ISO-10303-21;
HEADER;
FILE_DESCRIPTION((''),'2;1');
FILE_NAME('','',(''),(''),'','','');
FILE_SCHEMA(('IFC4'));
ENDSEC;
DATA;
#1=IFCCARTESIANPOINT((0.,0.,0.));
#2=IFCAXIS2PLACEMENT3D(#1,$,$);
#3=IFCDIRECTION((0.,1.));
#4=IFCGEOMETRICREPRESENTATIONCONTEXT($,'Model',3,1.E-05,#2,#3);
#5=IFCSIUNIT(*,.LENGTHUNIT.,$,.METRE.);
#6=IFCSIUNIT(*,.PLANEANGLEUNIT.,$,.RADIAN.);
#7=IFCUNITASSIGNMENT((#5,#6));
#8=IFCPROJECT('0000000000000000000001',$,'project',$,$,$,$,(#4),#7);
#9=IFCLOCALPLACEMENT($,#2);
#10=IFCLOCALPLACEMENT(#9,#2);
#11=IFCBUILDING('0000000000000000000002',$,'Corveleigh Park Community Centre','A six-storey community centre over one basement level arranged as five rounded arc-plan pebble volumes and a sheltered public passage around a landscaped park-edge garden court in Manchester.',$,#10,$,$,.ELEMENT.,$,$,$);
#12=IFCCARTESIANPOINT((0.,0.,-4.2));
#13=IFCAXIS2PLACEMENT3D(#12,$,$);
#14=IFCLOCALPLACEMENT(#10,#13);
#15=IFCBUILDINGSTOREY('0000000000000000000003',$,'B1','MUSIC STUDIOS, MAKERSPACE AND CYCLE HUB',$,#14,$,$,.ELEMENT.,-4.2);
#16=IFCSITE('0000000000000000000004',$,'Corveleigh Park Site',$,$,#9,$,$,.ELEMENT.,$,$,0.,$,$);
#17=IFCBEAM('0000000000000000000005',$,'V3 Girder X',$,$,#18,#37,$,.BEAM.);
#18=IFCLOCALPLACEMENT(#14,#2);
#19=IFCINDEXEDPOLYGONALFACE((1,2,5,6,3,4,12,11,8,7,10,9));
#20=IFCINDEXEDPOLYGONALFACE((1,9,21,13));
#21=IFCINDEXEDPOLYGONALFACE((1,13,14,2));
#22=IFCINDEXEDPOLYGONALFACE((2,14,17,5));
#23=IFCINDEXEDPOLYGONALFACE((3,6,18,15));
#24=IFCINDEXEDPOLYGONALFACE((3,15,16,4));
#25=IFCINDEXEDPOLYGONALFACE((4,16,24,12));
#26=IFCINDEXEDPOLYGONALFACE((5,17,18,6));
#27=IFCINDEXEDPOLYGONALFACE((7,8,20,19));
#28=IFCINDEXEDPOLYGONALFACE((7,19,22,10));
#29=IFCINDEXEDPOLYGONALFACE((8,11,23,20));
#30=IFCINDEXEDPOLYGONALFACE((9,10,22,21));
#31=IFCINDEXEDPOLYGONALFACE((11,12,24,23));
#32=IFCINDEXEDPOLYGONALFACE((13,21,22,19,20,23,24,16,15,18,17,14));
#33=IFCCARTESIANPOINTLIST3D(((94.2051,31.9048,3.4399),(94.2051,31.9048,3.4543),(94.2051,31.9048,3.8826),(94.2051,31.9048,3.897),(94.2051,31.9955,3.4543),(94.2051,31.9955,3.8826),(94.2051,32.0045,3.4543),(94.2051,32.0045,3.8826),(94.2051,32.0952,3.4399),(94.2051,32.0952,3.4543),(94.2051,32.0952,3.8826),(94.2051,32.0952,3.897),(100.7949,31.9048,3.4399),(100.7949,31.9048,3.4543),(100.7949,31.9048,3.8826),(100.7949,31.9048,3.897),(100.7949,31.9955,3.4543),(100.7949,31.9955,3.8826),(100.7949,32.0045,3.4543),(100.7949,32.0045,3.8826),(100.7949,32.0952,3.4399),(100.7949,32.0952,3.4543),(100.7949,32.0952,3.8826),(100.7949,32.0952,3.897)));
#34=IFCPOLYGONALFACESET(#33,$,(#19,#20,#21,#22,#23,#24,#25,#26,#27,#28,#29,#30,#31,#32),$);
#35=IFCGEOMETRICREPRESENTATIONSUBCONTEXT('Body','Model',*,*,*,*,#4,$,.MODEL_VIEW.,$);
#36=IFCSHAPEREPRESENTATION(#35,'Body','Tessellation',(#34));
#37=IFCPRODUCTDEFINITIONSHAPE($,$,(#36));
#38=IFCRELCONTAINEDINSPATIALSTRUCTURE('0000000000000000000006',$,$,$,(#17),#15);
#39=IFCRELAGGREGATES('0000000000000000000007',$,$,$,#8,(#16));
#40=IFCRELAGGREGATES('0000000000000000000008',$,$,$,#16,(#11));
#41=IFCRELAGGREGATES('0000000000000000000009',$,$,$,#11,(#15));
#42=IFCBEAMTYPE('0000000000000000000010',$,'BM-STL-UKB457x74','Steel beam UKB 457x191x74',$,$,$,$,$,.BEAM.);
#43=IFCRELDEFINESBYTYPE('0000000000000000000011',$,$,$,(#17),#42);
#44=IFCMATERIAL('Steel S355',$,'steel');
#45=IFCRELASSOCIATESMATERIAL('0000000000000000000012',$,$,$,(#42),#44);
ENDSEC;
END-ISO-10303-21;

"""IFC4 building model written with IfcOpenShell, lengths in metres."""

from ifc_helpers import new_model, si_unit, direction, frame, origin, origin_2d, place, context, subcontext, project, spatial, i_section, extrude, material, material_profile, profile_set, type_object, element, save


model = new_model("IFC4")

# Units and contexts
model_context = context("Model", 3, precision=1e-05, world=origin(), true_north=direction((0.0, 1.0)))
body_context = subcontext(model_context, "Body", "Model", "MODEL_VIEW")
ifc_project = project(units=[si_unit("LENGTHUNIT", "METRE"), si_unit("PLANEANGLEUNIT", "RADIAN")], contexts=[model_context])

# Site, building, storey
site_placement = place(None, origin())
site = spatial("IfcSite", under=ifc_project, at=site_placement, Name="Corveleigh Park Site", CompositionType="ELEMENT", RefElevation=0.0)
building_placement = place(site_placement, origin())
building = spatial("IfcBuilding", under=site, at=building_placement, Name="Corveleigh Park Community Centre", Description="A six-storey community centre over one basement level arranged as five rounded arc-plan pebble volumes and a sheltered public passage around a landscaped park-edge garden court in Manchester.", CompositionType="ELEMENT")
storey_placement = place(building_placement, frame((0.0, 0.0, -4.2)))
storey = spatial("IfcBuildingStorey", under=building, at=storey_placement, Name="B1", Description="MUSIC STUDIOS, MAKERSPACE AND CYCLE HUB", CompositionType="ELEMENT", Elevation=-4.2)

# Beam
ifc_material_1 = material(Name="Steel S355", Category="steel")
ifc_material_profile_1 = material_profile(ifc_material_1, i_section(OverallWidth=0.1904, OverallDepth=0.457, WebThickness=0.009, FlangeThickness=0.0144, at=origin_2d()), Name="UKB 457x191x74", Category="steel")
ifc_profile_set_1 = profile_set([ifc_material_profile_1], Name="Steel S355")
beam_type_1 = type_object("IfcBeamType", Name="BM-STL-UKB457x74", Description="Steel beam UKB 457x191x74", PredefinedType="BEAM", material=ifc_profile_set_1)
beam_1_placement = place(storey_placement, frame((94.2051, 32.0, 3.6685), z_axis=(1.0, 0.0, 0.0), x_axis=(0.0, 1.0, 0.0)))
element("IfcBeam", 1, at=beam_1_placement, inside=storey, type_object=beam_type_1, Name="V3 Girder X", PredefinedType="BEAM", context=body_context, shape_type="SweptSolid", body=[
    extrude(i_section(OverallWidth=0.1904, OverallDepth=0.457, WebThickness=0.009, FlangeThickness=0.0144, at=origin_2d()), origin(), (0.0, 0.0, 1.0), 6.5898),
])

save(model, "model.ifc")
